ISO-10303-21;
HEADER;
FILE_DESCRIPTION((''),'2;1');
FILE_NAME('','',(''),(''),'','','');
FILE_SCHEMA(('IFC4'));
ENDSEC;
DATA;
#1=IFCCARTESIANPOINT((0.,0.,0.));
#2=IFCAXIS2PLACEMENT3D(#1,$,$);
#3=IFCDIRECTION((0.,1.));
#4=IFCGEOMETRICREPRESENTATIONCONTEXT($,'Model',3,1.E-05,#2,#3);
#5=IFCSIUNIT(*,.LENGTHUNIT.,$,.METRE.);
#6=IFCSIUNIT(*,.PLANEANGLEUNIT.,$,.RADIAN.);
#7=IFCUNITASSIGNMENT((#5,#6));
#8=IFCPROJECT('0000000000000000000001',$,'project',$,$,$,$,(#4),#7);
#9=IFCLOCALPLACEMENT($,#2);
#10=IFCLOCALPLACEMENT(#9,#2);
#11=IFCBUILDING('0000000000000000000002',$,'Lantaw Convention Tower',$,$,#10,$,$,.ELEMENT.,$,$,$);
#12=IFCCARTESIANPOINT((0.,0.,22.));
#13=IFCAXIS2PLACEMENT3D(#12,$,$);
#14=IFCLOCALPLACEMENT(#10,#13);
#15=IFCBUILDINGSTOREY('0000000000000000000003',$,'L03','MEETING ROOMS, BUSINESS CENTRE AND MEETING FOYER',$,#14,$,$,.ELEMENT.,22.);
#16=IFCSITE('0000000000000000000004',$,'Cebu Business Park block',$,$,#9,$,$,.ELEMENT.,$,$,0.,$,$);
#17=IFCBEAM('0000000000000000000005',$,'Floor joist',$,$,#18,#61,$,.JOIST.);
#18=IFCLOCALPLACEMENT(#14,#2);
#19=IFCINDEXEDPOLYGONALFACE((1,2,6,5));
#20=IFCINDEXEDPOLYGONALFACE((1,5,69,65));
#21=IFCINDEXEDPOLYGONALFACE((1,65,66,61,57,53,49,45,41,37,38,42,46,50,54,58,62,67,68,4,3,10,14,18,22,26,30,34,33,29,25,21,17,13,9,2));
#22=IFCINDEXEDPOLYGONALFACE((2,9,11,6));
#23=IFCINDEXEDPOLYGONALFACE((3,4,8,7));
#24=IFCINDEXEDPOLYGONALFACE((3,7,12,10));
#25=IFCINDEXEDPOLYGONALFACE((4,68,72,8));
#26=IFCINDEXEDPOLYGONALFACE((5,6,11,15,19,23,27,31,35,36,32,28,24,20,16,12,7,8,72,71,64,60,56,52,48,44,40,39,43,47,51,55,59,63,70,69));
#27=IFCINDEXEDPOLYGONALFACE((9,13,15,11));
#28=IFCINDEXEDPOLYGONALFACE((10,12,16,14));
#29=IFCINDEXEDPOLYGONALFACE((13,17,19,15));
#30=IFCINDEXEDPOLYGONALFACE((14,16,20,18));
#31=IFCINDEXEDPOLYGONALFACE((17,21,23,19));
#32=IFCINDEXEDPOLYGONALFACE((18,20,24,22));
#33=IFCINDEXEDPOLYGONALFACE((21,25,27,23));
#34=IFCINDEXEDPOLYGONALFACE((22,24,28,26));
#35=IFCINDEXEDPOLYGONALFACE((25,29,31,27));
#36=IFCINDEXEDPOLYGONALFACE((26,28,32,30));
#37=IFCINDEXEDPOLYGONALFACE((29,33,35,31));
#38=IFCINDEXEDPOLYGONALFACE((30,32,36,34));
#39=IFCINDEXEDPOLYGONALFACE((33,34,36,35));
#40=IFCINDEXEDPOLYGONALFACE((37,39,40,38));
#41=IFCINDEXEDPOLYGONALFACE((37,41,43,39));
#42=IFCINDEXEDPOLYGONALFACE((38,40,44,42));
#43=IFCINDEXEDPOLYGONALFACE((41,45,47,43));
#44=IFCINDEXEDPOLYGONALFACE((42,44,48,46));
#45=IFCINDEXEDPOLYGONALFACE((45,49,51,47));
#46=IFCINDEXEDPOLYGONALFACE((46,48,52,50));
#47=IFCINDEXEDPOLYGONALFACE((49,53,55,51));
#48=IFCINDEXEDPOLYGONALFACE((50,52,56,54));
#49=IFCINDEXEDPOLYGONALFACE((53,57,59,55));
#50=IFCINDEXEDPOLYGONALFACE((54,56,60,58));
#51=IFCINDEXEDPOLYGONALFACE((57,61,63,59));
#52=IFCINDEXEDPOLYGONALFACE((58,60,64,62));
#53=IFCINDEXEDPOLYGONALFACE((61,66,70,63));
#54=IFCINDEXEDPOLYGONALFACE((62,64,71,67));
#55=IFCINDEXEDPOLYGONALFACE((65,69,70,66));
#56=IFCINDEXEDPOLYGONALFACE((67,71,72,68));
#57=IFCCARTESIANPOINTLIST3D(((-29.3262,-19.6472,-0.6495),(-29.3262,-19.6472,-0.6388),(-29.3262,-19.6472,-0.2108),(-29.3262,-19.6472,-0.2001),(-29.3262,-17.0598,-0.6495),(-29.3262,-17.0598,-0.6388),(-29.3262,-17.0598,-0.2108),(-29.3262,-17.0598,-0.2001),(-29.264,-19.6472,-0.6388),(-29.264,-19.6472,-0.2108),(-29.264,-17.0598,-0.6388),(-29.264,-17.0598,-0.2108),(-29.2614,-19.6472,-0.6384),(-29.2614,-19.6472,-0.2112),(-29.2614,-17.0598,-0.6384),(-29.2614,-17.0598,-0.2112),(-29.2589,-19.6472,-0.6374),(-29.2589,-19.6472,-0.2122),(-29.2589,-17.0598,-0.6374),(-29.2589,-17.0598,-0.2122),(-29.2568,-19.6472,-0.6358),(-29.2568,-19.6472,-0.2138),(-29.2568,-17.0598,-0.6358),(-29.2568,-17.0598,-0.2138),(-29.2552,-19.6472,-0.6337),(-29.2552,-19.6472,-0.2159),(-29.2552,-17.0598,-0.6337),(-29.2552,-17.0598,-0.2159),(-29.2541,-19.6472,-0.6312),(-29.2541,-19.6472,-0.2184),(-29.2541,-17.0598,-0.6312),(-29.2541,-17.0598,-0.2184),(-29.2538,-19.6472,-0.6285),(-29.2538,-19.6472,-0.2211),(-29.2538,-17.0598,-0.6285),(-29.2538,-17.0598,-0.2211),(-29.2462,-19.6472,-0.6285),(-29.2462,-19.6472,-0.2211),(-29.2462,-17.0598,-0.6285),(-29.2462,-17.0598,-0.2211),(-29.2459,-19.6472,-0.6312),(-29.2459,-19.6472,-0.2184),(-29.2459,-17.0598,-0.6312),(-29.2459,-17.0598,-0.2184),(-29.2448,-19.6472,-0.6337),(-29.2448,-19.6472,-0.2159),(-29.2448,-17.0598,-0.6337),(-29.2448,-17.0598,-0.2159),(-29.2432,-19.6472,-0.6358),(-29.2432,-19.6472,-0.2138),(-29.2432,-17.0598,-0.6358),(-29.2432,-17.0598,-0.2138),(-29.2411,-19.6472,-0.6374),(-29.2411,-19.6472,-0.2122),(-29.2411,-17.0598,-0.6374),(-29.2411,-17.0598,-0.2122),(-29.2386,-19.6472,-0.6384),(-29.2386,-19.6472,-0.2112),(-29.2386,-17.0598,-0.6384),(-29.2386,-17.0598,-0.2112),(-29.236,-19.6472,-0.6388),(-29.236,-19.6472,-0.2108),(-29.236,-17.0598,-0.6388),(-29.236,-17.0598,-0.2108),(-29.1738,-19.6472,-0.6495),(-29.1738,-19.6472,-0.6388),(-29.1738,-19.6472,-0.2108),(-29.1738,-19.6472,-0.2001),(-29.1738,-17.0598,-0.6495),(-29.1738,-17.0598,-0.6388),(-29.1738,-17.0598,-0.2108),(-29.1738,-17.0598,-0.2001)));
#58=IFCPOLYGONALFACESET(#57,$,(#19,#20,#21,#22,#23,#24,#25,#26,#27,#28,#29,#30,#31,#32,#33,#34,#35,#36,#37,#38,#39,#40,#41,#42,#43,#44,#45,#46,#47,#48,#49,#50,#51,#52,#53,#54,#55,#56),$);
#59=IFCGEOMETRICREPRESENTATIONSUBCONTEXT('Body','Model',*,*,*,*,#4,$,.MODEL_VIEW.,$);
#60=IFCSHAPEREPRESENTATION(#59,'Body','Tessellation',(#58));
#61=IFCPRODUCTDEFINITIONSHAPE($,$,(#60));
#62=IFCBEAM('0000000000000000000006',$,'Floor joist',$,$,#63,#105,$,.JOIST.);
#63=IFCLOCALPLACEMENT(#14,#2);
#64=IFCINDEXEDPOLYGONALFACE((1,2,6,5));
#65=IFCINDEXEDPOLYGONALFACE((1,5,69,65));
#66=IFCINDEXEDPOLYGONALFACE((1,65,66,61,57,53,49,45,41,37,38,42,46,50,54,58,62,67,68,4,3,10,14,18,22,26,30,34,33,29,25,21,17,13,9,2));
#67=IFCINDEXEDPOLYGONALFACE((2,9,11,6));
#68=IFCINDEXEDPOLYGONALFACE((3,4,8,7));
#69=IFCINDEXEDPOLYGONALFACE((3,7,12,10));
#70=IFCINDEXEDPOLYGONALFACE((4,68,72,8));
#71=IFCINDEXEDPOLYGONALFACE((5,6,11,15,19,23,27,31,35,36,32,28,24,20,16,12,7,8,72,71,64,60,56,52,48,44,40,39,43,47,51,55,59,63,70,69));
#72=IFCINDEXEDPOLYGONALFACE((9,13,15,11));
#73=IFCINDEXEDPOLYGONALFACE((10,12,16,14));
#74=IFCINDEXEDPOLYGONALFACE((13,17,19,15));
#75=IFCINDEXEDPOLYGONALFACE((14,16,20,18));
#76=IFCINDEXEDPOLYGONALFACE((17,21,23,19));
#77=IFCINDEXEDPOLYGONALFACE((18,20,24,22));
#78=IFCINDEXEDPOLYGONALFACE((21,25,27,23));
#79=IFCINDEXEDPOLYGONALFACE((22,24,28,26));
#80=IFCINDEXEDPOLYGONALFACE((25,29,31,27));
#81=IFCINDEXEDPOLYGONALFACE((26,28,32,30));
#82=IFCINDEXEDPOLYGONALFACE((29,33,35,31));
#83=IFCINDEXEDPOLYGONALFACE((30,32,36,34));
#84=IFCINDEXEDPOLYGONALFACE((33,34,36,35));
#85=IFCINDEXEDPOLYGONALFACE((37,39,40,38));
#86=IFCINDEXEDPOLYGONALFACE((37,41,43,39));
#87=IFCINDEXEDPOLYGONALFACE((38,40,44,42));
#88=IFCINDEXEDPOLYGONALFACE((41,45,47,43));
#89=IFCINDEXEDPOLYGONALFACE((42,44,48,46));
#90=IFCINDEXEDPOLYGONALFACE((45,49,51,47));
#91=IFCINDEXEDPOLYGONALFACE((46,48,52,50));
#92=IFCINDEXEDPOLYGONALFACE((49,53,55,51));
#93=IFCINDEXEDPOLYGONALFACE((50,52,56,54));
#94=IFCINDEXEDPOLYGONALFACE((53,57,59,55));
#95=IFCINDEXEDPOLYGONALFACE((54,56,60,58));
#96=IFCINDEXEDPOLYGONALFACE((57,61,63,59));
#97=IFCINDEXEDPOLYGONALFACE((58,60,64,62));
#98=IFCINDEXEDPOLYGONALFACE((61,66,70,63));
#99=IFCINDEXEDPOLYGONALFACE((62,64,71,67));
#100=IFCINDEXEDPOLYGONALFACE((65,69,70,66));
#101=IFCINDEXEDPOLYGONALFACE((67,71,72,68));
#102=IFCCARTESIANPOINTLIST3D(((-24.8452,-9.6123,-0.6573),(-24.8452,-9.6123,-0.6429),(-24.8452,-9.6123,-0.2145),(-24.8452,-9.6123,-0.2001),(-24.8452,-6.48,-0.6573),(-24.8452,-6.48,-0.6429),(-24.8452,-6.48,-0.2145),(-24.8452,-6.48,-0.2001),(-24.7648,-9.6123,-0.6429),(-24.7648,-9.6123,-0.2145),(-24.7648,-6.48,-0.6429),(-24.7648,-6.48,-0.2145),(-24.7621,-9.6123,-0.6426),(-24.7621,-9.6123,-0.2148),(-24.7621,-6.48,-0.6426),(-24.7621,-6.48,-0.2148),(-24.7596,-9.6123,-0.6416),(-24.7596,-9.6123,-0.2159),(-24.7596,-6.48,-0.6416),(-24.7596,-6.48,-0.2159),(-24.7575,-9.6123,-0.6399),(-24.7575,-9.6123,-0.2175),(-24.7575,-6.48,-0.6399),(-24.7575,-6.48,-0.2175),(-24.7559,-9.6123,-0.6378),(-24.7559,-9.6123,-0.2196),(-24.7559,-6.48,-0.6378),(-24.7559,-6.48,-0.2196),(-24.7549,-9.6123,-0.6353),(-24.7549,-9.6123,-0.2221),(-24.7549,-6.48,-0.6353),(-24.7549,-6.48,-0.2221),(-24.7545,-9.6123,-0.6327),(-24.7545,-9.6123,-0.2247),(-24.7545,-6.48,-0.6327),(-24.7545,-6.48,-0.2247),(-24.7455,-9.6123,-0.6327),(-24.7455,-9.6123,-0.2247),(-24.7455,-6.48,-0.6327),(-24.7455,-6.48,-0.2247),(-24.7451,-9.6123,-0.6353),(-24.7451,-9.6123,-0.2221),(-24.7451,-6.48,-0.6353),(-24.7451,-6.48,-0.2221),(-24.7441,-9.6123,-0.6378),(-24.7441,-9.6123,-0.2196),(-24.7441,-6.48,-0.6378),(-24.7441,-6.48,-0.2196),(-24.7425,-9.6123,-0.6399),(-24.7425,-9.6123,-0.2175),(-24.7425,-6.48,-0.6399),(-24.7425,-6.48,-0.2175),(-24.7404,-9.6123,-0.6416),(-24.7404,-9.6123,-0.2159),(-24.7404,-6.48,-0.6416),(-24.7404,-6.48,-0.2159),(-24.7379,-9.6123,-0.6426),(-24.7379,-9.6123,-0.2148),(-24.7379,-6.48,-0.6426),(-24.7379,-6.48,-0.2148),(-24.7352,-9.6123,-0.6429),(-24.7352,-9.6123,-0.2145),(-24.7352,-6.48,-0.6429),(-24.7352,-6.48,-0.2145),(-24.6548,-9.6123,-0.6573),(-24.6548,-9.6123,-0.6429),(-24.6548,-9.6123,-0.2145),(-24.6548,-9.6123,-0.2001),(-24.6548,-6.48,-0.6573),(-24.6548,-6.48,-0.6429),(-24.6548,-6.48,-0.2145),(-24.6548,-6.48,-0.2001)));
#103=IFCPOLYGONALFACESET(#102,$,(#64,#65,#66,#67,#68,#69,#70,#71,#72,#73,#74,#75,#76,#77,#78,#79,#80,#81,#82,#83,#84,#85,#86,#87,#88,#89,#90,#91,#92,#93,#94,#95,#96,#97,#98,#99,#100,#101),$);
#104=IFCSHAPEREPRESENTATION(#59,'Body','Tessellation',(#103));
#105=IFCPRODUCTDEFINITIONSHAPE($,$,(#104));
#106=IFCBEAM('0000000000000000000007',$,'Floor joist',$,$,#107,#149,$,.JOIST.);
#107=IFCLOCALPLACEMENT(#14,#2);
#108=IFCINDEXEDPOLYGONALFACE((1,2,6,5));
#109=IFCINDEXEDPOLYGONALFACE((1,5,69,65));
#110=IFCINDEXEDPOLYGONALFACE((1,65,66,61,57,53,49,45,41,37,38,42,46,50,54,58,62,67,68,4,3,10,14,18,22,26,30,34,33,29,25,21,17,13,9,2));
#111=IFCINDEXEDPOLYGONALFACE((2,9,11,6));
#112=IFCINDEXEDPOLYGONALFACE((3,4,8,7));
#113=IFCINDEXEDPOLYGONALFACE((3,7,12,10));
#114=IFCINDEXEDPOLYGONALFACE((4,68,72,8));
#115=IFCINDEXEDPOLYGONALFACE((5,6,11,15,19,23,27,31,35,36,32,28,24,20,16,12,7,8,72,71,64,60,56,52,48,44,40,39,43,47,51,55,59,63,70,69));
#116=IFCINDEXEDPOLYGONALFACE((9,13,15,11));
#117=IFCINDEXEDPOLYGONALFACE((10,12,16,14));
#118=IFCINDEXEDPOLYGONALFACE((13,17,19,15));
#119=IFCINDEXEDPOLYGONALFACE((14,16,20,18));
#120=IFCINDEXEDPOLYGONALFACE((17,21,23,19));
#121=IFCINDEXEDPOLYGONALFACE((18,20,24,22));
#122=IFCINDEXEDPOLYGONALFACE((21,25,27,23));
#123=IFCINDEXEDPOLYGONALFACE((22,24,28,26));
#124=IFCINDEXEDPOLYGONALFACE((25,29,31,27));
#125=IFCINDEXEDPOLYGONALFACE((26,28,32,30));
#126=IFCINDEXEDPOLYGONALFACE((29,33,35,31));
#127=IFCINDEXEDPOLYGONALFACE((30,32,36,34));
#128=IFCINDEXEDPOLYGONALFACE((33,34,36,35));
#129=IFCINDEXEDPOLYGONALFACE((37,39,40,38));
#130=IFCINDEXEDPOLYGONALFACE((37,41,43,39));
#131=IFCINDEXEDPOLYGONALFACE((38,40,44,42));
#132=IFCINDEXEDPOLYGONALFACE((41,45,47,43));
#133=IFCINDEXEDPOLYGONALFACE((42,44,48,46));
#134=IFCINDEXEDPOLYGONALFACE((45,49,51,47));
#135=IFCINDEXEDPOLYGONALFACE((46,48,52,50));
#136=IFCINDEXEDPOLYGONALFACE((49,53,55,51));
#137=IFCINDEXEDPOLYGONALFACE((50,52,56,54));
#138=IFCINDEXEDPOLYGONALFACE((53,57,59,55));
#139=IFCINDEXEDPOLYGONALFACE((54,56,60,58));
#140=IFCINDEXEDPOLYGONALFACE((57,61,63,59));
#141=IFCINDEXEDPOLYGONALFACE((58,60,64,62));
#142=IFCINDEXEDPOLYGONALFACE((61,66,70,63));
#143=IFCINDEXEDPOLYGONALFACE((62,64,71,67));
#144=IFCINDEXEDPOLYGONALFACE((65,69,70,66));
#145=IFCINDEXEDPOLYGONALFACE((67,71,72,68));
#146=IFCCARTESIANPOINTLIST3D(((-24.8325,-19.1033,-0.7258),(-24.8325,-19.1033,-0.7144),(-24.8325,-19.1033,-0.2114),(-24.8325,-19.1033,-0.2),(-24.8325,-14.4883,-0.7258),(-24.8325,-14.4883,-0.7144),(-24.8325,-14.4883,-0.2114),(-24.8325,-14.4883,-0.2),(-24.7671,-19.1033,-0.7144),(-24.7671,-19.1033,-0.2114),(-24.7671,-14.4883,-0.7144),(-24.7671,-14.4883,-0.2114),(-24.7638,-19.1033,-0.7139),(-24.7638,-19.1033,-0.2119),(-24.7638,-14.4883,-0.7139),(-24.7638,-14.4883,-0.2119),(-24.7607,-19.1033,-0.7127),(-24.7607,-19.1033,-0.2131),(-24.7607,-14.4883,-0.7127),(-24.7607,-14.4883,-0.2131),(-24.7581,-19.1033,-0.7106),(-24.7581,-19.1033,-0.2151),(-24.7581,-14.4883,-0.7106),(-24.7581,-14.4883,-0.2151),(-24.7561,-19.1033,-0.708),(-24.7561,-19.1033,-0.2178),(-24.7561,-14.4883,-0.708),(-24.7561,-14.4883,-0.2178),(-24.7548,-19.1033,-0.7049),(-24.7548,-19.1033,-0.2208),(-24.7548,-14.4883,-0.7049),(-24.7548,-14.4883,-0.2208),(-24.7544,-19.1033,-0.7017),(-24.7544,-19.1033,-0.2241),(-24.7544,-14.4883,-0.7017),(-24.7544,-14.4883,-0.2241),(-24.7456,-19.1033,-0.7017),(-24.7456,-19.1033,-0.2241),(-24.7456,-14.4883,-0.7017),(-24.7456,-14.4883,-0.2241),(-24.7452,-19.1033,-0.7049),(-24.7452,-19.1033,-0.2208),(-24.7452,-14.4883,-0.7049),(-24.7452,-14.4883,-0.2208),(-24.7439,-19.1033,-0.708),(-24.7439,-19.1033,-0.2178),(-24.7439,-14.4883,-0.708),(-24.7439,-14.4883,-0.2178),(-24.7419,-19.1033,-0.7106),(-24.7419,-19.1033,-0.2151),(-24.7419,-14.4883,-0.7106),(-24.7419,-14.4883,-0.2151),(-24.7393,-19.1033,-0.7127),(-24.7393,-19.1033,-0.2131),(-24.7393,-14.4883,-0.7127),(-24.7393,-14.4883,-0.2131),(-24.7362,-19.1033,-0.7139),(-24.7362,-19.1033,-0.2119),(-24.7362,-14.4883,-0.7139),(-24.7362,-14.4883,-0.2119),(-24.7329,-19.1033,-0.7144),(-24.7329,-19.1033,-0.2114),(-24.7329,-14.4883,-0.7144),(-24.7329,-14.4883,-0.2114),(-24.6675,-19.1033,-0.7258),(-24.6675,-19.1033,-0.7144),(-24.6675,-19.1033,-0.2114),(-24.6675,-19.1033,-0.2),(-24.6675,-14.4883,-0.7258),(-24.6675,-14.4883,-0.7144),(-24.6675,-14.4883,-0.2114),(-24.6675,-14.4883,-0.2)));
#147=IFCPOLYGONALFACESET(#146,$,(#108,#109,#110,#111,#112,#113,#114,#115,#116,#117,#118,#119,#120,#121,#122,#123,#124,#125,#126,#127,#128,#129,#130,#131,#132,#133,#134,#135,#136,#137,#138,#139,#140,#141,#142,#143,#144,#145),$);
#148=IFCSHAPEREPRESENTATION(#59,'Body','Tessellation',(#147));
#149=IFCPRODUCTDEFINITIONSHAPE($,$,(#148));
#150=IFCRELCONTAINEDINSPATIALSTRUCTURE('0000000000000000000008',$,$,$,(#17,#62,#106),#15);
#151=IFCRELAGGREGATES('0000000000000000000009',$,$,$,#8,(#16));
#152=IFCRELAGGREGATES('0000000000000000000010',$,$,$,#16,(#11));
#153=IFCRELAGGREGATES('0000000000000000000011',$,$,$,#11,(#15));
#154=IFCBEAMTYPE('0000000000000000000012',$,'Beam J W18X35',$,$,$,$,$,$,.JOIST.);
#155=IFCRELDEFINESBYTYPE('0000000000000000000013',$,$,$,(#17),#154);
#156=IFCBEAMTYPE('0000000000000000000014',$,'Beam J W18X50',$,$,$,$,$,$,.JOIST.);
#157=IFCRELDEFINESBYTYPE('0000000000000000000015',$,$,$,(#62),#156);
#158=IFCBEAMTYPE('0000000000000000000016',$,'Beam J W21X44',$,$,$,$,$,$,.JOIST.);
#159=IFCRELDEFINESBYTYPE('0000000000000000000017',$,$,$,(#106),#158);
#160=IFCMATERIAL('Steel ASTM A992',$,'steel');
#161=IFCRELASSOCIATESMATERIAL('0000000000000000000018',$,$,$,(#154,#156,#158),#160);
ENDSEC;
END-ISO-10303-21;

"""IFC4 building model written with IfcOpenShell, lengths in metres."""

from ifc_helpers import new_model, si_unit, direction, frame, origin, origin_2d, place, context, subcontext, project, spatial, i_section, extrude, material, material_profile, profile_set, type_object, element, save


model = new_model("IFC4")

# Units and contexts
model_context = context("Model", 3, precision=1e-05, world=origin(), true_north=direction((0.0, 1.0)))
body_context = subcontext(model_context, "Body", "Model", "MODEL_VIEW")
ifc_project = project(units=[si_unit("LENGTHUNIT", "METRE"), si_unit("PLANEANGLEUNIT", "RADIAN")], contexts=[model_context])

# Site, building, storey
site_placement = place(None, origin())
site = spatial("IfcSite", under=ifc_project, at=site_placement, Name="Cebu Business Park block", CompositionType="ELEMENT", RefElevation=0.0)
building_placement = place(site_placement, origin())
building = spatial("IfcBuilding", under=site, at=building_placement, Name="Lantaw Convention Tower", CompositionType="ELEMENT")
storey_placement = place(building_placement, frame((0.0, 0.0, 22.0)))
storey = spatial("IfcBuildingStorey", under=building, at=storey_placement, Name="L03", Description="MEETING ROOMS, BUSINESS CENTRE AND MEETING FOYER", CompositionType="ELEMENT", Elevation=22.0)

# Beams
ifc_material_1 = material(Name="Steel ASTM A992", Category="steel")
ifc_material_profile_1 = material_profile(ifc_material_1, i_section(OverallWidth=0.1523, OverallDepth=0.4495, WebThickness=0.0076, FlangeThickness=0.0107, FilletRadius=0.0103, at=origin_2d()), Name="W18X35")
ifc_profile_set_1 = profile_set([ifc_material_profile_1], Name="Steel ASTM A992")
beam_type_1 = type_object("IfcBeamType", Name="Beam J W18X35", PredefinedType="JOIST", material=ifc_profile_set_1)
beam_1_placement = place(storey_placement, frame((-29.25, -19.6472, -0.4248), z_axis=(0.0, 1.0, 0.0), x_axis=(-1.0, 0.0, 0.0)))
element("IfcBeam", 1, at=beam_1_placement, inside=storey, type_object=beam_type_1, Name="Floor joist", PredefinedType="JOIST", context=body_context, shape_type="SweptSolid", body=[
    extrude(i_section(OverallWidth=0.1523, OverallDepth=0.4495, WebThickness=0.0076, FlangeThickness=0.0107, FilletRadius=0.0103, at=origin_2d()), origin(), (0.0, 0.0, 1.0), 2.5874),
])
ifc_material_profile_2 = material_profile(ifc_material_1, i_section(OverallWidth=0.1904, OverallDepth=0.4573, WebThickness=0.009, FlangeThickness=0.0144, FilletRadius=0.0103, at=origin_2d()), Name="W18X50")
ifc_profile_set_2 = profile_set([ifc_material_profile_2], Name="Steel ASTM A992")
beam_type_2 = type_object("IfcBeamType", Name="Beam J W18X50", PredefinedType="JOIST", material=ifc_profile_set_2)
beam_2_placement = place(storey_placement, frame((-24.75, -9.6123, -0.4287), z_axis=(0.0, 1.0, 0.0), x_axis=(-1.0, 0.0, 0.0)))
element("IfcBeam", 2, at=beam_2_placement, inside=storey, type_object=beam_type_2, Name="Floor joist", PredefinedType="JOIST", context=body_context, shape_type="SweptSolid", body=[
    extrude(i_section(OverallWidth=0.1904, OverallDepth=0.4573, WebThickness=0.009, FlangeThickness=0.0144, FilletRadius=0.0103, at=origin_2d()), origin(), (0.0, 0.0, 1.0), 3.1323),
])
ifc_material_profile_3 = material_profile(ifc_material_1, i_section(OverallWidth=0.165, OverallDepth=0.5259, WebThickness=0.0088, FlangeThickness=0.0115, FilletRadius=0.0127, at=origin_2d()), Name="W21X44")
ifc_profile_set_3 = profile_set([ifc_material_profile_3], Name="Steel ASTM A992")
beam_type_3 = type_object("IfcBeamType", Name="Beam J W21X44", PredefinedType="JOIST", material=ifc_profile_set_3)
beam_3_placement = place(storey_placement, frame((-24.75, -19.1033, -0.4629), z_axis=(0.0, 1.0, 0.0), x_axis=(-1.0, 0.0, 0.0)))
element("IfcBeam", 3, at=beam_3_placement, inside=storey, type_object=beam_type_3, Name="Floor joist", PredefinedType="JOIST", context=body_context, shape_type="SweptSolid", body=[
    extrude(i_section(OverallWidth=0.165, OverallDepth=0.5259, WebThickness=0.0088, FlangeThickness=0.0115, FilletRadius=0.0127, at=origin_2d()), origin(), (0.0, 0.0, 1.0), 4.615),
])

save(model, "model.ifc")
